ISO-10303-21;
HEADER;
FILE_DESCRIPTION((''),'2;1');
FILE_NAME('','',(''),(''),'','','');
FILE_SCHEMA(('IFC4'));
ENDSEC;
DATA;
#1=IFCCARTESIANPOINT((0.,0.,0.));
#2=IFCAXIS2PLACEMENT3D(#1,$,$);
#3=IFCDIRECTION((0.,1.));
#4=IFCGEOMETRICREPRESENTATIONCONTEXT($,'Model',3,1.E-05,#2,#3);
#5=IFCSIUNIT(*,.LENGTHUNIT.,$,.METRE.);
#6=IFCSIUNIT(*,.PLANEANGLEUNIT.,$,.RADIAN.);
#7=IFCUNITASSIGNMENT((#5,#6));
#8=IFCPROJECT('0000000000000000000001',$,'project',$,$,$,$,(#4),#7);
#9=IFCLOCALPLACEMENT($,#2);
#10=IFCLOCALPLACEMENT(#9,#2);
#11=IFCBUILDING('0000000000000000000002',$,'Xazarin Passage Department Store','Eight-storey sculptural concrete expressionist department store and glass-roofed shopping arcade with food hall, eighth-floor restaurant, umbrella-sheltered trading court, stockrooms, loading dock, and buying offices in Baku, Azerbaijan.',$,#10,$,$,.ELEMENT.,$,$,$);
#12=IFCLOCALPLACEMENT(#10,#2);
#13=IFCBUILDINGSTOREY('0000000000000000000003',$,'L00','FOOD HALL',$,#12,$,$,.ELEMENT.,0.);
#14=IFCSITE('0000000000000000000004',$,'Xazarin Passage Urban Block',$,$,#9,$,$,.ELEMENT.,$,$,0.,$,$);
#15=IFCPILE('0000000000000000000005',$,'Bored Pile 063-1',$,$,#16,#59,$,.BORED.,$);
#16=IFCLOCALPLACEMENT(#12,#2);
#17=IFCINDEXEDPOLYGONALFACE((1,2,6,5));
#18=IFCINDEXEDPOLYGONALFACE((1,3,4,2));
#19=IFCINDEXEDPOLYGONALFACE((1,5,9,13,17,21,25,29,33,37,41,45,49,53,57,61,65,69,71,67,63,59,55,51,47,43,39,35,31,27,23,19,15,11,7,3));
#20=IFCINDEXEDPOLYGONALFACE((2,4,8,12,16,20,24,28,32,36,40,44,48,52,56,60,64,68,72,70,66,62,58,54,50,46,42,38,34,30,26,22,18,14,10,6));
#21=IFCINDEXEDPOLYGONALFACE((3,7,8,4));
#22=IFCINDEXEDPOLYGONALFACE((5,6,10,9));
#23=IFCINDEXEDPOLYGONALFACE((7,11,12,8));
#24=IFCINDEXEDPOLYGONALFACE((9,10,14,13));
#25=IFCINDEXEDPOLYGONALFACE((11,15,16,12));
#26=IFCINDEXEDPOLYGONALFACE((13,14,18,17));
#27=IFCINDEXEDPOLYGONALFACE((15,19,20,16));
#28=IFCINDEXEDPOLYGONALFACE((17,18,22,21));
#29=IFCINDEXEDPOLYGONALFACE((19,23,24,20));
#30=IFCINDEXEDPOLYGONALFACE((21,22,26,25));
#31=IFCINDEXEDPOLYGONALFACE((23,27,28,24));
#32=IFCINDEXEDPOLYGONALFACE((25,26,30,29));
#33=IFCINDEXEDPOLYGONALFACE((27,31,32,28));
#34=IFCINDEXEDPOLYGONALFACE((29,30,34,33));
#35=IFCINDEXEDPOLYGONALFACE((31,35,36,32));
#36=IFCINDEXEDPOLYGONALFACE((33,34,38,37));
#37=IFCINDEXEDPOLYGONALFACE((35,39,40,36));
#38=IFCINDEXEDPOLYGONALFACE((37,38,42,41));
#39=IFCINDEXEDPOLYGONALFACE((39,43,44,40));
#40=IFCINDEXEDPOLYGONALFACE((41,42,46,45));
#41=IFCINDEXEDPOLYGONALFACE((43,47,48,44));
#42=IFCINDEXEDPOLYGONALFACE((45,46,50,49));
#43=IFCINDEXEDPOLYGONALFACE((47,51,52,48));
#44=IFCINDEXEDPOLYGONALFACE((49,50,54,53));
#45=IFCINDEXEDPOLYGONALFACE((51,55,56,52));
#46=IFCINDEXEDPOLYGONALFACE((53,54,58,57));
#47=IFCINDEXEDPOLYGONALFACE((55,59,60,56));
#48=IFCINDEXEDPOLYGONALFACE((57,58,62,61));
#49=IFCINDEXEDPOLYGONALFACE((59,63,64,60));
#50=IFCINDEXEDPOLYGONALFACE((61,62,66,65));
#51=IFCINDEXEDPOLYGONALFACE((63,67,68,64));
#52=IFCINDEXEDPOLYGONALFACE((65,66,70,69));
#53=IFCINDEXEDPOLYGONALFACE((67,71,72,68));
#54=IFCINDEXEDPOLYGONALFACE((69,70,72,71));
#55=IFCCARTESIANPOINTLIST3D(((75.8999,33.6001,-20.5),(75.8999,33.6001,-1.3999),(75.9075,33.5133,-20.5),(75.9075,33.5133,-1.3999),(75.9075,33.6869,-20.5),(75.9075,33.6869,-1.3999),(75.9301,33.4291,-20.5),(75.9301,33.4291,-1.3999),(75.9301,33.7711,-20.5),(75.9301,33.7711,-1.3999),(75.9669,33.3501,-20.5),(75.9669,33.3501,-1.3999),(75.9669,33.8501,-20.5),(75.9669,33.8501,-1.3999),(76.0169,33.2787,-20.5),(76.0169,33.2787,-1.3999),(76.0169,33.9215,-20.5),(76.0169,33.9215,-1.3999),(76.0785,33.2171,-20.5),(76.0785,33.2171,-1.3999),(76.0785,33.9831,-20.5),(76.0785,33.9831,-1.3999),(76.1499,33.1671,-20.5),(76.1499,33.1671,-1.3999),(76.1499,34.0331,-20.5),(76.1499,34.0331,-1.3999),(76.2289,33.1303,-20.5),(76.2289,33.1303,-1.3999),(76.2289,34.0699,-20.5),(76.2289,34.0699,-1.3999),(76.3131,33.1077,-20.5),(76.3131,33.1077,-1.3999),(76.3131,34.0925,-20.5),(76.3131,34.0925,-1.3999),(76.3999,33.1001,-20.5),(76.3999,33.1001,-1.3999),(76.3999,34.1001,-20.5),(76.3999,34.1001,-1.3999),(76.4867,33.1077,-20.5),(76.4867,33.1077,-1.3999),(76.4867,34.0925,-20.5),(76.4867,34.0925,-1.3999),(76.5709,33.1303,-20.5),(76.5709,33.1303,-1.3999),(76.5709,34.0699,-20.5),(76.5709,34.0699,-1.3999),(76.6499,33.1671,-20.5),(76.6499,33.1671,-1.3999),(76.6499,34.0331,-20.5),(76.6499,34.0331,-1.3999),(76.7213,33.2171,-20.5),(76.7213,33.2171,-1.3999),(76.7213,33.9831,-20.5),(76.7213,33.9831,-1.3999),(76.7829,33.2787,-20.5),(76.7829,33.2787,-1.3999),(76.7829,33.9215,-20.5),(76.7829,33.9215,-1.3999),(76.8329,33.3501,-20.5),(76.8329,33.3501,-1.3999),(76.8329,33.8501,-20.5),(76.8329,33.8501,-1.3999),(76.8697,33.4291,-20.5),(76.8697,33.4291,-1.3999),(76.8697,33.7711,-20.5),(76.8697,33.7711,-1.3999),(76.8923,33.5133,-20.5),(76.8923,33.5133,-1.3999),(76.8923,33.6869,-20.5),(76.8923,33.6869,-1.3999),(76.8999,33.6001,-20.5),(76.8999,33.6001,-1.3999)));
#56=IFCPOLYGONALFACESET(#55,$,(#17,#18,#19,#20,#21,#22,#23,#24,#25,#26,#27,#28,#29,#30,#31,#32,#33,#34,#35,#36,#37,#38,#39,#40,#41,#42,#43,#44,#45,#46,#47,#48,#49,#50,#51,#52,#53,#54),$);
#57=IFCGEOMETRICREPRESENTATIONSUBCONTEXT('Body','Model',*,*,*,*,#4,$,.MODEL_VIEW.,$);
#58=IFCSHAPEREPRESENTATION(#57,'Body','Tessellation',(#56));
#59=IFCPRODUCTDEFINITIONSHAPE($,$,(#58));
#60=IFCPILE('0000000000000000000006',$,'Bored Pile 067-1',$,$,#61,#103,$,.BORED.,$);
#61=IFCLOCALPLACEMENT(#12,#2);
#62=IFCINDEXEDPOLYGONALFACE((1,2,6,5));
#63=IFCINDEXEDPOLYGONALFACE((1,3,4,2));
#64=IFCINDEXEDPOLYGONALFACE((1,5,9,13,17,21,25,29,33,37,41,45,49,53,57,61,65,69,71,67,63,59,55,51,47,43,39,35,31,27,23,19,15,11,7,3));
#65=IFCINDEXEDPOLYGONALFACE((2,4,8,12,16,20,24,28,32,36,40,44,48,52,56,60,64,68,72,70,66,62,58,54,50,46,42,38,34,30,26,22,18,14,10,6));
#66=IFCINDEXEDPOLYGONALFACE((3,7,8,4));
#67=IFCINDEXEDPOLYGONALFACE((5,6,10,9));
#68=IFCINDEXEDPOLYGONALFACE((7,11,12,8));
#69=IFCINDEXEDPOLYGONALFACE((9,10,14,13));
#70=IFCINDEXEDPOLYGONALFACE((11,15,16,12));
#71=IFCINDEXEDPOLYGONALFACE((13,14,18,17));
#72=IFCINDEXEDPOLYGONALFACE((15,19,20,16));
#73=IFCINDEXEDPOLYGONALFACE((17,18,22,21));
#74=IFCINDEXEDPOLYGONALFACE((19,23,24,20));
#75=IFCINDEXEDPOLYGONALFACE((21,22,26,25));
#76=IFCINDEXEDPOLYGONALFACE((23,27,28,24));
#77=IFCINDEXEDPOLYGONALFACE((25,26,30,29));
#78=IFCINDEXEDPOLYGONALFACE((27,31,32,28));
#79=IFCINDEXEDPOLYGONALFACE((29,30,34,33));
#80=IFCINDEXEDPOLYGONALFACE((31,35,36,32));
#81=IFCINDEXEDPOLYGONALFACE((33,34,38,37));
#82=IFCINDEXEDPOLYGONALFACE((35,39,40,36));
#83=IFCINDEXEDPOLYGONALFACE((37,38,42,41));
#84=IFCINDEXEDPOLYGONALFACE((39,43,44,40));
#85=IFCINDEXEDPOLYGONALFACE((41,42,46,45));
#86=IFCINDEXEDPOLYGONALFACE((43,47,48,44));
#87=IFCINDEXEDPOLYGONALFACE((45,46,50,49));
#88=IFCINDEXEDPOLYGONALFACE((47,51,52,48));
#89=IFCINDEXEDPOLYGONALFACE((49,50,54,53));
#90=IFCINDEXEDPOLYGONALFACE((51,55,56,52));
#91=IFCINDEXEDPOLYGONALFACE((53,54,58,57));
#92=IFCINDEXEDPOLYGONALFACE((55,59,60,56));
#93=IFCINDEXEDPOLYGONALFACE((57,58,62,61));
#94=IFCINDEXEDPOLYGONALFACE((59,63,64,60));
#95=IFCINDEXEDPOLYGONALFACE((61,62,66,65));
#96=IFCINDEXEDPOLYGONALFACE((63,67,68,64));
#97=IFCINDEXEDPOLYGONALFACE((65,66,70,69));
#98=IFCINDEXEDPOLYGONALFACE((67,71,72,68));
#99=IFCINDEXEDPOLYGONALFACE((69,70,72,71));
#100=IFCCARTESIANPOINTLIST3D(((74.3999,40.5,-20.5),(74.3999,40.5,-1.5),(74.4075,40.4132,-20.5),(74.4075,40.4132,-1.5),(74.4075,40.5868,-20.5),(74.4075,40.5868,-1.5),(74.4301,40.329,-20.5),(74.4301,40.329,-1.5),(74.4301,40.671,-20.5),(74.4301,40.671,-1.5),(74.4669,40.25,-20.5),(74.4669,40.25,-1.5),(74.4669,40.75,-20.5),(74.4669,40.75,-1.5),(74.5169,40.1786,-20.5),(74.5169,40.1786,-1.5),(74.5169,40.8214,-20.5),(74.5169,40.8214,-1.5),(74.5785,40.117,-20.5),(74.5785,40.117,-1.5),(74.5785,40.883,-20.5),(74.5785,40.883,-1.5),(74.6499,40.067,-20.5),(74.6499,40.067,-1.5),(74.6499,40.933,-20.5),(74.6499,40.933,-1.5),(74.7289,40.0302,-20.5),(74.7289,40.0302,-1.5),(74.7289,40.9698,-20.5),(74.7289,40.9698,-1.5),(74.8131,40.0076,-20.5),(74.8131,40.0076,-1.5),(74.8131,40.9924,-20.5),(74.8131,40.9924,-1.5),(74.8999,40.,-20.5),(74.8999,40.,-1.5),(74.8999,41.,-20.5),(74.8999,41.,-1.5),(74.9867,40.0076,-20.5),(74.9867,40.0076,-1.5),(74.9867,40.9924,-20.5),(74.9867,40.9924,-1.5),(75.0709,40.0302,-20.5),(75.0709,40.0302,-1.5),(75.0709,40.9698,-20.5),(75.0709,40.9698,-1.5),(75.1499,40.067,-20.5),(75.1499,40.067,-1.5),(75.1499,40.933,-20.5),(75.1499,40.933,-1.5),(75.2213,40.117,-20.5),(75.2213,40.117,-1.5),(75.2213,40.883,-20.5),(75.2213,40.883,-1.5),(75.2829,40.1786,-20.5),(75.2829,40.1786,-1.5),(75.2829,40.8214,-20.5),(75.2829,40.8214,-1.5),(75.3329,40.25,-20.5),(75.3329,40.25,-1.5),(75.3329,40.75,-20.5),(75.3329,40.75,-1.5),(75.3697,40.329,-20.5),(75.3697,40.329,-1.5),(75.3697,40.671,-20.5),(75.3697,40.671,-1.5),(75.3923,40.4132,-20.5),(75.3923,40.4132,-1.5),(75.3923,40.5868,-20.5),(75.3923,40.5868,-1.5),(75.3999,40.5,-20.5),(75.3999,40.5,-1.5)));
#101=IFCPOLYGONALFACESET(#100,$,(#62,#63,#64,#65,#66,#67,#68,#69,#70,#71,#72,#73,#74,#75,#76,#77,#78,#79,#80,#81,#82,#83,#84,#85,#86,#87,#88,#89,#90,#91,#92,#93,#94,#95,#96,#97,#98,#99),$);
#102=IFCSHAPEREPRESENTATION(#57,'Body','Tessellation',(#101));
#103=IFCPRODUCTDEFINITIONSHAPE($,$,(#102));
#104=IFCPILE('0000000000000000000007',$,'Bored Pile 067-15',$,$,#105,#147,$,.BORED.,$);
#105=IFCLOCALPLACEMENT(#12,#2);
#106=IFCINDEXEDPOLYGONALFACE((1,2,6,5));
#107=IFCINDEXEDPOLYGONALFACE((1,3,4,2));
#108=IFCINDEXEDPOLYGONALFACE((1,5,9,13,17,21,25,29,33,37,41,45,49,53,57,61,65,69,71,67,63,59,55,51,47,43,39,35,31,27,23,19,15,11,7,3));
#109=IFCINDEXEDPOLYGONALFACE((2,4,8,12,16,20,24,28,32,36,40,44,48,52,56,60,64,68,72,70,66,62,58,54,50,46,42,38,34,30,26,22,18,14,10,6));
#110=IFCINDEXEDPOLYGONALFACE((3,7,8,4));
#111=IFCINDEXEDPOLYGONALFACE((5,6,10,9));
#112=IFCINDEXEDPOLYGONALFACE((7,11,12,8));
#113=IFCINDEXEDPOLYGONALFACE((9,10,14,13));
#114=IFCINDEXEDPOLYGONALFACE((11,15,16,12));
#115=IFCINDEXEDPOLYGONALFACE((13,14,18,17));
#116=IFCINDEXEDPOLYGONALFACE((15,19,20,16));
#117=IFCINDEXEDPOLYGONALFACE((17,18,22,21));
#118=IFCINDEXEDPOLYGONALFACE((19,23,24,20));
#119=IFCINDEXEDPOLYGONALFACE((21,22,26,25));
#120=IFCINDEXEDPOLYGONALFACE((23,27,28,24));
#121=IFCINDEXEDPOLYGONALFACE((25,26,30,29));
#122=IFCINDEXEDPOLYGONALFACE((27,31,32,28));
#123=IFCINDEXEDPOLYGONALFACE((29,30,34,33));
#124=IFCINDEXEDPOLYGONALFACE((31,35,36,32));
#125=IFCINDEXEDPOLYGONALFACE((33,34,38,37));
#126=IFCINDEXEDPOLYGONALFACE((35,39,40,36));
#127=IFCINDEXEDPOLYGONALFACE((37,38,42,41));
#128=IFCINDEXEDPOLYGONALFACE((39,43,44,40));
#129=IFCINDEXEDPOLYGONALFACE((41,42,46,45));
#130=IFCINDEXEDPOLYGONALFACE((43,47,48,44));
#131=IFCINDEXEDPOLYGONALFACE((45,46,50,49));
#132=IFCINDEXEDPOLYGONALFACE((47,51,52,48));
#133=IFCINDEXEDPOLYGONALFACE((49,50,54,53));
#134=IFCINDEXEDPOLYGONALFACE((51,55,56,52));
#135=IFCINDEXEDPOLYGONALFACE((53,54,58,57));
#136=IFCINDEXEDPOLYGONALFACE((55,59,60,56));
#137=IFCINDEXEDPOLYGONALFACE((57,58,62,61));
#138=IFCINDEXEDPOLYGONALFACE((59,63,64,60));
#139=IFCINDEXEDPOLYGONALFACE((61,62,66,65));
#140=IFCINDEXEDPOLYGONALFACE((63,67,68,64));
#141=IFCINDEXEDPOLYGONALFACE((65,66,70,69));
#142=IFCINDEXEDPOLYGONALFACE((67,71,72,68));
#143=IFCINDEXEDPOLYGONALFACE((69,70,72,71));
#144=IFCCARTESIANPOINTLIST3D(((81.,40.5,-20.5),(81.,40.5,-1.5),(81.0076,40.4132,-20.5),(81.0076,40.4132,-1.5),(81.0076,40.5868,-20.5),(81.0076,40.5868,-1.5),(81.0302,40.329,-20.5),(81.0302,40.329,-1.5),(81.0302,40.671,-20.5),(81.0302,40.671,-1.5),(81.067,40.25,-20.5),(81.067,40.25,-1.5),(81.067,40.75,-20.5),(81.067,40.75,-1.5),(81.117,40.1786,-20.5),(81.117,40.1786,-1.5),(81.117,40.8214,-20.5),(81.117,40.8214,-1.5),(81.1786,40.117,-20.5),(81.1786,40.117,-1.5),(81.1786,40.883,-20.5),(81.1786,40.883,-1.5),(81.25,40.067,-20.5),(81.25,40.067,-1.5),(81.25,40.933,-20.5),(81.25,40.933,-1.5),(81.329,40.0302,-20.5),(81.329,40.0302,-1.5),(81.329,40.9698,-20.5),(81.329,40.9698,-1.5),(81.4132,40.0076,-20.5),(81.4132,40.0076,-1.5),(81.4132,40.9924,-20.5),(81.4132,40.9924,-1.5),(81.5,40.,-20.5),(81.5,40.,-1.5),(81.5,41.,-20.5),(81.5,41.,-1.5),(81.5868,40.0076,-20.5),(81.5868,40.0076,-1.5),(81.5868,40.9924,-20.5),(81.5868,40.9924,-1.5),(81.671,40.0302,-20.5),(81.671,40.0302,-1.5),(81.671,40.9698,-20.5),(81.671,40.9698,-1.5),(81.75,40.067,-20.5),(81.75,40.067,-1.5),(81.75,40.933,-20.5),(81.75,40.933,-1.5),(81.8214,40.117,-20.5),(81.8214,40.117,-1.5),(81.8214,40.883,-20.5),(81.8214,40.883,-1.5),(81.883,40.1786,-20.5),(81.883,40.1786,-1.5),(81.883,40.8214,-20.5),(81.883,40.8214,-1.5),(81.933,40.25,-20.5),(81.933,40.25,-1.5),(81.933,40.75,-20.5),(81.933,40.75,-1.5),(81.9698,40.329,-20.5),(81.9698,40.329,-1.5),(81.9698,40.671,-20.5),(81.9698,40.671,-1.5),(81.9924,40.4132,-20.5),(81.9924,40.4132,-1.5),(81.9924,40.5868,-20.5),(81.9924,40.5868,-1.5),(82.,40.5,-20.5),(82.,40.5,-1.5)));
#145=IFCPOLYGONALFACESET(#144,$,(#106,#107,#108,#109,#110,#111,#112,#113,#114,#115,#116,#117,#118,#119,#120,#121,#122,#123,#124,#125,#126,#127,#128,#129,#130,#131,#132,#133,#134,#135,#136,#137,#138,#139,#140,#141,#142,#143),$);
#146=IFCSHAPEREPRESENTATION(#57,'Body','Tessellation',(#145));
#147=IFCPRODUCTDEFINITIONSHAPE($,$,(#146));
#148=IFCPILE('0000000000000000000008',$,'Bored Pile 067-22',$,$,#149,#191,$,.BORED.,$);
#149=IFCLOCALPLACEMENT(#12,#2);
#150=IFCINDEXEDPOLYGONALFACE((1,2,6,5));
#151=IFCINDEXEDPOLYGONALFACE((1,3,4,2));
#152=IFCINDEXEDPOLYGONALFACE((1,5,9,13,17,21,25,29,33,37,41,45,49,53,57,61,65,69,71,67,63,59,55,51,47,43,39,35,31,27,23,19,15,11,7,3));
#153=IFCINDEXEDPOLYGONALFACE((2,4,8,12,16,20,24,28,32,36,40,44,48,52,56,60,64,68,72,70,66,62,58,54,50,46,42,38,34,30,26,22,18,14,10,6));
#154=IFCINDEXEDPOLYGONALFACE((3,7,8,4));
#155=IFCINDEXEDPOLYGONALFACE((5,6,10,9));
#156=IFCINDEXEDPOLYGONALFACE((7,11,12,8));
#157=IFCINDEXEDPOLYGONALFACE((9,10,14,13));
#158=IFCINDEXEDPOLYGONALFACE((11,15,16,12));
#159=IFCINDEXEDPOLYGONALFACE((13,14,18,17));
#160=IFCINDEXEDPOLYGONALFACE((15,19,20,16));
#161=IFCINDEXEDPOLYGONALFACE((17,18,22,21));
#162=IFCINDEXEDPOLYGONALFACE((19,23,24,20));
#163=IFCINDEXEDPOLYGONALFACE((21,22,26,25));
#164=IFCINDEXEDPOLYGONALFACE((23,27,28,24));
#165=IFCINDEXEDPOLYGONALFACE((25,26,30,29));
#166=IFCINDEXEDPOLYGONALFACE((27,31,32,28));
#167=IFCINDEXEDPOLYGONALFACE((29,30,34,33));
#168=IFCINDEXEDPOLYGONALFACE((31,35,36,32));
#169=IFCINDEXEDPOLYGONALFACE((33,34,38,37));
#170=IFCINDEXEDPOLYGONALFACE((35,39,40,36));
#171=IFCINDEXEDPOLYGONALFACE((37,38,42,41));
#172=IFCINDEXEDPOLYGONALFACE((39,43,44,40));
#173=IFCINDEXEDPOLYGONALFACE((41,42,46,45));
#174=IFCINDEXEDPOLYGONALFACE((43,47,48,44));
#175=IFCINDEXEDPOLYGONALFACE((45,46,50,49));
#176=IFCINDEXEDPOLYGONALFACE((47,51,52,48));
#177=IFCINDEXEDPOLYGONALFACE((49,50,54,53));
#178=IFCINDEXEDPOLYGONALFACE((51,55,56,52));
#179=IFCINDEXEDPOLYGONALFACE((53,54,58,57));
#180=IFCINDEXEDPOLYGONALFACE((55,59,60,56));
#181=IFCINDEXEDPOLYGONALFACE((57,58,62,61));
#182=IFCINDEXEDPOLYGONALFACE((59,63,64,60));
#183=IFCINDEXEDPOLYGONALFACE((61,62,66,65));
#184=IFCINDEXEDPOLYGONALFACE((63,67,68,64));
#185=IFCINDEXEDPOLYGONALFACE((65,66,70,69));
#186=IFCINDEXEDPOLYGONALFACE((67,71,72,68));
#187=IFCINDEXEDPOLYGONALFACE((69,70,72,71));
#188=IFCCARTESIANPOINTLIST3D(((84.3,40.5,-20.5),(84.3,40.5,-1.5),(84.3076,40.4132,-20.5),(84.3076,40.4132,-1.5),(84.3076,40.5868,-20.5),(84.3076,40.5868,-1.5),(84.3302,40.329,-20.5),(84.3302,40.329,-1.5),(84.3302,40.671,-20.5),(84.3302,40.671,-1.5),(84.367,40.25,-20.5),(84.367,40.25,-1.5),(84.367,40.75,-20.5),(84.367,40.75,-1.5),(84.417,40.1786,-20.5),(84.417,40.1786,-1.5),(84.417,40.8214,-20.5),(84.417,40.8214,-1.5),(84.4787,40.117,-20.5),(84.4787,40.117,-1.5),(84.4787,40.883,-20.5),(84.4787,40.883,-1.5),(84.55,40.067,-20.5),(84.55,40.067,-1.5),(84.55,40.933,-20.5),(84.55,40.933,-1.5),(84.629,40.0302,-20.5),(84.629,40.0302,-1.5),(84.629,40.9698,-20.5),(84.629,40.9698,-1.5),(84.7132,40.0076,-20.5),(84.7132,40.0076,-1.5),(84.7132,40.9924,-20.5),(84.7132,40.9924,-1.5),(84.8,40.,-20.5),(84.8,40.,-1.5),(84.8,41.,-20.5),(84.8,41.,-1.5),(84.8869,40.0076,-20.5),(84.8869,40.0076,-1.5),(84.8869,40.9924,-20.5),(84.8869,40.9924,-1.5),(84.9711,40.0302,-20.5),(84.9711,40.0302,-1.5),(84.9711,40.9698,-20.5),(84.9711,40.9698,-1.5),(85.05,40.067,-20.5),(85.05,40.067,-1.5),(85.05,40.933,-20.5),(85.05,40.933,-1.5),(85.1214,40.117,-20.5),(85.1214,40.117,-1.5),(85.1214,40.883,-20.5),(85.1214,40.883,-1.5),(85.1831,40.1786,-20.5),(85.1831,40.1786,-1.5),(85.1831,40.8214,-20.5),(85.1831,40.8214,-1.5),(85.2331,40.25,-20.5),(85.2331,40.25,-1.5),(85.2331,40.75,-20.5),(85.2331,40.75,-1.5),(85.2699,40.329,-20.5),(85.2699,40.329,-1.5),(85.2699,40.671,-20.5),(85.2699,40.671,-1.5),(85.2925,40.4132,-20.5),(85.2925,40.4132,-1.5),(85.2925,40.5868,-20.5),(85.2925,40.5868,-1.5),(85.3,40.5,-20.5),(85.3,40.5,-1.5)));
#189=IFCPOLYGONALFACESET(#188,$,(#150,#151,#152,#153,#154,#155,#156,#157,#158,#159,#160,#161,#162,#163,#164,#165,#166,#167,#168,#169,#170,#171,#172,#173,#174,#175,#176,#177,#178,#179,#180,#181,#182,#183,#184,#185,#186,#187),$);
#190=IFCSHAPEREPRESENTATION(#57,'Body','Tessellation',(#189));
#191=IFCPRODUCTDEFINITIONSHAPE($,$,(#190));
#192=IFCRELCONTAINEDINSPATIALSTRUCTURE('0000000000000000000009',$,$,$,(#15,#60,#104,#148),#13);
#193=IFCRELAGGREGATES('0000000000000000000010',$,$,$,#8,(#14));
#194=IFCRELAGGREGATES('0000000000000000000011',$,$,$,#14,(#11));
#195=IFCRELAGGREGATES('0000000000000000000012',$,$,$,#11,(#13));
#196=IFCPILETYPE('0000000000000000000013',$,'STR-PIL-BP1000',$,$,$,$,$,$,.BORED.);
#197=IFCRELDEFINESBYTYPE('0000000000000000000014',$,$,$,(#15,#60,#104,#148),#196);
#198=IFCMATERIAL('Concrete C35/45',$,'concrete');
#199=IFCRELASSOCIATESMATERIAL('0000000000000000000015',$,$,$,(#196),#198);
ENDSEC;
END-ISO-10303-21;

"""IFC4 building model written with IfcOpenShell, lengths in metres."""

from ifc_helpers import new_model, si_unit, direction, frame, origin, origin_2d, place, context, subcontext, project, spatial, circle, extrude, material, material_profile, profile_set, type_object, element, save


model = new_model("IFC4")

# Units and contexts
model_context = context("Model", 3, precision=1e-05, world=origin(), true_north=direction((0.0, 1.0)))
body_context = subcontext(model_context, "Body", "Model", "MODEL_VIEW")
ifc_project = project(units=[si_unit("LENGTHUNIT", "METRE"), si_unit("PLANEANGLEUNIT", "RADIAN")], contexts=[model_context])

# Site, building, storey
site_placement = place(None, origin())
site = spatial("IfcSite", under=ifc_project, at=site_placement, Name="Xazarin Passage Urban Block", CompositionType="ELEMENT", RefElevation=0.0)
building_placement = place(site_placement, origin())
building = spatial("IfcBuilding", under=site, at=building_placement, Name="Xazarin Passage Department Store", Description="Eight-storey sculptural concrete expressionist department store and glass-roofed shopping arcade with food hall, eighth-floor restaurant, umbrella-sheltered trading court, stockrooms, loading dock, and buying offices in Baku, Azerbaijan.", CompositionType="ELEMENT")
storey_placement = place(building_placement, origin())
storey = spatial("IfcBuildingStorey", under=building, at=storey_placement, Name="L00", Description="FOOD HALL", CompositionType="ELEMENT", Elevation=0.0)

# Shared definitions
ifc_material_1 = material(Name="Concrete C35/45", Category="concrete")

# Piles
ifc_material_profile_1 = material_profile(ifc_material_1, circle(Radius=0.5, at=origin_2d()), Name="BP 1000")
ifc_profile_set_1 = profile_set([ifc_material_profile_1], Name="Concrete C35/45")
pile_type_1 = type_object("IfcPileType", Name="STR-PIL-BP1000", PredefinedType="BORED", material=ifc_profile_set_1)
pile_1_placement = place(storey_placement, frame((76.3999, 33.6001, -1.3999), z_axis=(0.0, 0.0, -1.0), x_axis=(1.0, 0.0, 0.0)))
element("IfcPile", 1, at=pile_1_placement, inside=storey, type_object=pile_type_1, Name="Bored Pile 063-1", PredefinedType="BORED", context=body_context, shape_type="SweptSolid", body=[
    extrude(circle(Radius=0.5, at=origin_2d()), origin(), (0.0, 0.0, 1.0), 19.1001),
])
for number, where, z_axis, x_axis, name in (
    (2, (74.8999, 40.5, -1.5), (0.0, 0.0, -1.0), (1.0, 0.0, 0.0), "Bored Pile 067-1"),
    (3, (81.5, 40.5, -1.5), (0.0, 0.0, -1.0), (1.0, 0.0, 0.0), "Bored Pile 067-15"),
    (4, (84.8, 40.5, -1.5), (0.0, 0.0, -1.0), (1.0, 0.0, 0.0), "Bored Pile 067-22"),
):
    element("IfcPile", number, at=place(storey_placement, frame(where, z_axis=z_axis, x_axis=x_axis)), inside=storey, type_object=pile_type_1, Name=name, PredefinedType="BORED", context=body_context, shape_type="SweptSolid", body=[
        extrude(circle(Radius=0.5, at=origin_2d()), origin(), (0.0, 0.0, 1.0), 19.0),
    ])

save(model, "model.ifc")
